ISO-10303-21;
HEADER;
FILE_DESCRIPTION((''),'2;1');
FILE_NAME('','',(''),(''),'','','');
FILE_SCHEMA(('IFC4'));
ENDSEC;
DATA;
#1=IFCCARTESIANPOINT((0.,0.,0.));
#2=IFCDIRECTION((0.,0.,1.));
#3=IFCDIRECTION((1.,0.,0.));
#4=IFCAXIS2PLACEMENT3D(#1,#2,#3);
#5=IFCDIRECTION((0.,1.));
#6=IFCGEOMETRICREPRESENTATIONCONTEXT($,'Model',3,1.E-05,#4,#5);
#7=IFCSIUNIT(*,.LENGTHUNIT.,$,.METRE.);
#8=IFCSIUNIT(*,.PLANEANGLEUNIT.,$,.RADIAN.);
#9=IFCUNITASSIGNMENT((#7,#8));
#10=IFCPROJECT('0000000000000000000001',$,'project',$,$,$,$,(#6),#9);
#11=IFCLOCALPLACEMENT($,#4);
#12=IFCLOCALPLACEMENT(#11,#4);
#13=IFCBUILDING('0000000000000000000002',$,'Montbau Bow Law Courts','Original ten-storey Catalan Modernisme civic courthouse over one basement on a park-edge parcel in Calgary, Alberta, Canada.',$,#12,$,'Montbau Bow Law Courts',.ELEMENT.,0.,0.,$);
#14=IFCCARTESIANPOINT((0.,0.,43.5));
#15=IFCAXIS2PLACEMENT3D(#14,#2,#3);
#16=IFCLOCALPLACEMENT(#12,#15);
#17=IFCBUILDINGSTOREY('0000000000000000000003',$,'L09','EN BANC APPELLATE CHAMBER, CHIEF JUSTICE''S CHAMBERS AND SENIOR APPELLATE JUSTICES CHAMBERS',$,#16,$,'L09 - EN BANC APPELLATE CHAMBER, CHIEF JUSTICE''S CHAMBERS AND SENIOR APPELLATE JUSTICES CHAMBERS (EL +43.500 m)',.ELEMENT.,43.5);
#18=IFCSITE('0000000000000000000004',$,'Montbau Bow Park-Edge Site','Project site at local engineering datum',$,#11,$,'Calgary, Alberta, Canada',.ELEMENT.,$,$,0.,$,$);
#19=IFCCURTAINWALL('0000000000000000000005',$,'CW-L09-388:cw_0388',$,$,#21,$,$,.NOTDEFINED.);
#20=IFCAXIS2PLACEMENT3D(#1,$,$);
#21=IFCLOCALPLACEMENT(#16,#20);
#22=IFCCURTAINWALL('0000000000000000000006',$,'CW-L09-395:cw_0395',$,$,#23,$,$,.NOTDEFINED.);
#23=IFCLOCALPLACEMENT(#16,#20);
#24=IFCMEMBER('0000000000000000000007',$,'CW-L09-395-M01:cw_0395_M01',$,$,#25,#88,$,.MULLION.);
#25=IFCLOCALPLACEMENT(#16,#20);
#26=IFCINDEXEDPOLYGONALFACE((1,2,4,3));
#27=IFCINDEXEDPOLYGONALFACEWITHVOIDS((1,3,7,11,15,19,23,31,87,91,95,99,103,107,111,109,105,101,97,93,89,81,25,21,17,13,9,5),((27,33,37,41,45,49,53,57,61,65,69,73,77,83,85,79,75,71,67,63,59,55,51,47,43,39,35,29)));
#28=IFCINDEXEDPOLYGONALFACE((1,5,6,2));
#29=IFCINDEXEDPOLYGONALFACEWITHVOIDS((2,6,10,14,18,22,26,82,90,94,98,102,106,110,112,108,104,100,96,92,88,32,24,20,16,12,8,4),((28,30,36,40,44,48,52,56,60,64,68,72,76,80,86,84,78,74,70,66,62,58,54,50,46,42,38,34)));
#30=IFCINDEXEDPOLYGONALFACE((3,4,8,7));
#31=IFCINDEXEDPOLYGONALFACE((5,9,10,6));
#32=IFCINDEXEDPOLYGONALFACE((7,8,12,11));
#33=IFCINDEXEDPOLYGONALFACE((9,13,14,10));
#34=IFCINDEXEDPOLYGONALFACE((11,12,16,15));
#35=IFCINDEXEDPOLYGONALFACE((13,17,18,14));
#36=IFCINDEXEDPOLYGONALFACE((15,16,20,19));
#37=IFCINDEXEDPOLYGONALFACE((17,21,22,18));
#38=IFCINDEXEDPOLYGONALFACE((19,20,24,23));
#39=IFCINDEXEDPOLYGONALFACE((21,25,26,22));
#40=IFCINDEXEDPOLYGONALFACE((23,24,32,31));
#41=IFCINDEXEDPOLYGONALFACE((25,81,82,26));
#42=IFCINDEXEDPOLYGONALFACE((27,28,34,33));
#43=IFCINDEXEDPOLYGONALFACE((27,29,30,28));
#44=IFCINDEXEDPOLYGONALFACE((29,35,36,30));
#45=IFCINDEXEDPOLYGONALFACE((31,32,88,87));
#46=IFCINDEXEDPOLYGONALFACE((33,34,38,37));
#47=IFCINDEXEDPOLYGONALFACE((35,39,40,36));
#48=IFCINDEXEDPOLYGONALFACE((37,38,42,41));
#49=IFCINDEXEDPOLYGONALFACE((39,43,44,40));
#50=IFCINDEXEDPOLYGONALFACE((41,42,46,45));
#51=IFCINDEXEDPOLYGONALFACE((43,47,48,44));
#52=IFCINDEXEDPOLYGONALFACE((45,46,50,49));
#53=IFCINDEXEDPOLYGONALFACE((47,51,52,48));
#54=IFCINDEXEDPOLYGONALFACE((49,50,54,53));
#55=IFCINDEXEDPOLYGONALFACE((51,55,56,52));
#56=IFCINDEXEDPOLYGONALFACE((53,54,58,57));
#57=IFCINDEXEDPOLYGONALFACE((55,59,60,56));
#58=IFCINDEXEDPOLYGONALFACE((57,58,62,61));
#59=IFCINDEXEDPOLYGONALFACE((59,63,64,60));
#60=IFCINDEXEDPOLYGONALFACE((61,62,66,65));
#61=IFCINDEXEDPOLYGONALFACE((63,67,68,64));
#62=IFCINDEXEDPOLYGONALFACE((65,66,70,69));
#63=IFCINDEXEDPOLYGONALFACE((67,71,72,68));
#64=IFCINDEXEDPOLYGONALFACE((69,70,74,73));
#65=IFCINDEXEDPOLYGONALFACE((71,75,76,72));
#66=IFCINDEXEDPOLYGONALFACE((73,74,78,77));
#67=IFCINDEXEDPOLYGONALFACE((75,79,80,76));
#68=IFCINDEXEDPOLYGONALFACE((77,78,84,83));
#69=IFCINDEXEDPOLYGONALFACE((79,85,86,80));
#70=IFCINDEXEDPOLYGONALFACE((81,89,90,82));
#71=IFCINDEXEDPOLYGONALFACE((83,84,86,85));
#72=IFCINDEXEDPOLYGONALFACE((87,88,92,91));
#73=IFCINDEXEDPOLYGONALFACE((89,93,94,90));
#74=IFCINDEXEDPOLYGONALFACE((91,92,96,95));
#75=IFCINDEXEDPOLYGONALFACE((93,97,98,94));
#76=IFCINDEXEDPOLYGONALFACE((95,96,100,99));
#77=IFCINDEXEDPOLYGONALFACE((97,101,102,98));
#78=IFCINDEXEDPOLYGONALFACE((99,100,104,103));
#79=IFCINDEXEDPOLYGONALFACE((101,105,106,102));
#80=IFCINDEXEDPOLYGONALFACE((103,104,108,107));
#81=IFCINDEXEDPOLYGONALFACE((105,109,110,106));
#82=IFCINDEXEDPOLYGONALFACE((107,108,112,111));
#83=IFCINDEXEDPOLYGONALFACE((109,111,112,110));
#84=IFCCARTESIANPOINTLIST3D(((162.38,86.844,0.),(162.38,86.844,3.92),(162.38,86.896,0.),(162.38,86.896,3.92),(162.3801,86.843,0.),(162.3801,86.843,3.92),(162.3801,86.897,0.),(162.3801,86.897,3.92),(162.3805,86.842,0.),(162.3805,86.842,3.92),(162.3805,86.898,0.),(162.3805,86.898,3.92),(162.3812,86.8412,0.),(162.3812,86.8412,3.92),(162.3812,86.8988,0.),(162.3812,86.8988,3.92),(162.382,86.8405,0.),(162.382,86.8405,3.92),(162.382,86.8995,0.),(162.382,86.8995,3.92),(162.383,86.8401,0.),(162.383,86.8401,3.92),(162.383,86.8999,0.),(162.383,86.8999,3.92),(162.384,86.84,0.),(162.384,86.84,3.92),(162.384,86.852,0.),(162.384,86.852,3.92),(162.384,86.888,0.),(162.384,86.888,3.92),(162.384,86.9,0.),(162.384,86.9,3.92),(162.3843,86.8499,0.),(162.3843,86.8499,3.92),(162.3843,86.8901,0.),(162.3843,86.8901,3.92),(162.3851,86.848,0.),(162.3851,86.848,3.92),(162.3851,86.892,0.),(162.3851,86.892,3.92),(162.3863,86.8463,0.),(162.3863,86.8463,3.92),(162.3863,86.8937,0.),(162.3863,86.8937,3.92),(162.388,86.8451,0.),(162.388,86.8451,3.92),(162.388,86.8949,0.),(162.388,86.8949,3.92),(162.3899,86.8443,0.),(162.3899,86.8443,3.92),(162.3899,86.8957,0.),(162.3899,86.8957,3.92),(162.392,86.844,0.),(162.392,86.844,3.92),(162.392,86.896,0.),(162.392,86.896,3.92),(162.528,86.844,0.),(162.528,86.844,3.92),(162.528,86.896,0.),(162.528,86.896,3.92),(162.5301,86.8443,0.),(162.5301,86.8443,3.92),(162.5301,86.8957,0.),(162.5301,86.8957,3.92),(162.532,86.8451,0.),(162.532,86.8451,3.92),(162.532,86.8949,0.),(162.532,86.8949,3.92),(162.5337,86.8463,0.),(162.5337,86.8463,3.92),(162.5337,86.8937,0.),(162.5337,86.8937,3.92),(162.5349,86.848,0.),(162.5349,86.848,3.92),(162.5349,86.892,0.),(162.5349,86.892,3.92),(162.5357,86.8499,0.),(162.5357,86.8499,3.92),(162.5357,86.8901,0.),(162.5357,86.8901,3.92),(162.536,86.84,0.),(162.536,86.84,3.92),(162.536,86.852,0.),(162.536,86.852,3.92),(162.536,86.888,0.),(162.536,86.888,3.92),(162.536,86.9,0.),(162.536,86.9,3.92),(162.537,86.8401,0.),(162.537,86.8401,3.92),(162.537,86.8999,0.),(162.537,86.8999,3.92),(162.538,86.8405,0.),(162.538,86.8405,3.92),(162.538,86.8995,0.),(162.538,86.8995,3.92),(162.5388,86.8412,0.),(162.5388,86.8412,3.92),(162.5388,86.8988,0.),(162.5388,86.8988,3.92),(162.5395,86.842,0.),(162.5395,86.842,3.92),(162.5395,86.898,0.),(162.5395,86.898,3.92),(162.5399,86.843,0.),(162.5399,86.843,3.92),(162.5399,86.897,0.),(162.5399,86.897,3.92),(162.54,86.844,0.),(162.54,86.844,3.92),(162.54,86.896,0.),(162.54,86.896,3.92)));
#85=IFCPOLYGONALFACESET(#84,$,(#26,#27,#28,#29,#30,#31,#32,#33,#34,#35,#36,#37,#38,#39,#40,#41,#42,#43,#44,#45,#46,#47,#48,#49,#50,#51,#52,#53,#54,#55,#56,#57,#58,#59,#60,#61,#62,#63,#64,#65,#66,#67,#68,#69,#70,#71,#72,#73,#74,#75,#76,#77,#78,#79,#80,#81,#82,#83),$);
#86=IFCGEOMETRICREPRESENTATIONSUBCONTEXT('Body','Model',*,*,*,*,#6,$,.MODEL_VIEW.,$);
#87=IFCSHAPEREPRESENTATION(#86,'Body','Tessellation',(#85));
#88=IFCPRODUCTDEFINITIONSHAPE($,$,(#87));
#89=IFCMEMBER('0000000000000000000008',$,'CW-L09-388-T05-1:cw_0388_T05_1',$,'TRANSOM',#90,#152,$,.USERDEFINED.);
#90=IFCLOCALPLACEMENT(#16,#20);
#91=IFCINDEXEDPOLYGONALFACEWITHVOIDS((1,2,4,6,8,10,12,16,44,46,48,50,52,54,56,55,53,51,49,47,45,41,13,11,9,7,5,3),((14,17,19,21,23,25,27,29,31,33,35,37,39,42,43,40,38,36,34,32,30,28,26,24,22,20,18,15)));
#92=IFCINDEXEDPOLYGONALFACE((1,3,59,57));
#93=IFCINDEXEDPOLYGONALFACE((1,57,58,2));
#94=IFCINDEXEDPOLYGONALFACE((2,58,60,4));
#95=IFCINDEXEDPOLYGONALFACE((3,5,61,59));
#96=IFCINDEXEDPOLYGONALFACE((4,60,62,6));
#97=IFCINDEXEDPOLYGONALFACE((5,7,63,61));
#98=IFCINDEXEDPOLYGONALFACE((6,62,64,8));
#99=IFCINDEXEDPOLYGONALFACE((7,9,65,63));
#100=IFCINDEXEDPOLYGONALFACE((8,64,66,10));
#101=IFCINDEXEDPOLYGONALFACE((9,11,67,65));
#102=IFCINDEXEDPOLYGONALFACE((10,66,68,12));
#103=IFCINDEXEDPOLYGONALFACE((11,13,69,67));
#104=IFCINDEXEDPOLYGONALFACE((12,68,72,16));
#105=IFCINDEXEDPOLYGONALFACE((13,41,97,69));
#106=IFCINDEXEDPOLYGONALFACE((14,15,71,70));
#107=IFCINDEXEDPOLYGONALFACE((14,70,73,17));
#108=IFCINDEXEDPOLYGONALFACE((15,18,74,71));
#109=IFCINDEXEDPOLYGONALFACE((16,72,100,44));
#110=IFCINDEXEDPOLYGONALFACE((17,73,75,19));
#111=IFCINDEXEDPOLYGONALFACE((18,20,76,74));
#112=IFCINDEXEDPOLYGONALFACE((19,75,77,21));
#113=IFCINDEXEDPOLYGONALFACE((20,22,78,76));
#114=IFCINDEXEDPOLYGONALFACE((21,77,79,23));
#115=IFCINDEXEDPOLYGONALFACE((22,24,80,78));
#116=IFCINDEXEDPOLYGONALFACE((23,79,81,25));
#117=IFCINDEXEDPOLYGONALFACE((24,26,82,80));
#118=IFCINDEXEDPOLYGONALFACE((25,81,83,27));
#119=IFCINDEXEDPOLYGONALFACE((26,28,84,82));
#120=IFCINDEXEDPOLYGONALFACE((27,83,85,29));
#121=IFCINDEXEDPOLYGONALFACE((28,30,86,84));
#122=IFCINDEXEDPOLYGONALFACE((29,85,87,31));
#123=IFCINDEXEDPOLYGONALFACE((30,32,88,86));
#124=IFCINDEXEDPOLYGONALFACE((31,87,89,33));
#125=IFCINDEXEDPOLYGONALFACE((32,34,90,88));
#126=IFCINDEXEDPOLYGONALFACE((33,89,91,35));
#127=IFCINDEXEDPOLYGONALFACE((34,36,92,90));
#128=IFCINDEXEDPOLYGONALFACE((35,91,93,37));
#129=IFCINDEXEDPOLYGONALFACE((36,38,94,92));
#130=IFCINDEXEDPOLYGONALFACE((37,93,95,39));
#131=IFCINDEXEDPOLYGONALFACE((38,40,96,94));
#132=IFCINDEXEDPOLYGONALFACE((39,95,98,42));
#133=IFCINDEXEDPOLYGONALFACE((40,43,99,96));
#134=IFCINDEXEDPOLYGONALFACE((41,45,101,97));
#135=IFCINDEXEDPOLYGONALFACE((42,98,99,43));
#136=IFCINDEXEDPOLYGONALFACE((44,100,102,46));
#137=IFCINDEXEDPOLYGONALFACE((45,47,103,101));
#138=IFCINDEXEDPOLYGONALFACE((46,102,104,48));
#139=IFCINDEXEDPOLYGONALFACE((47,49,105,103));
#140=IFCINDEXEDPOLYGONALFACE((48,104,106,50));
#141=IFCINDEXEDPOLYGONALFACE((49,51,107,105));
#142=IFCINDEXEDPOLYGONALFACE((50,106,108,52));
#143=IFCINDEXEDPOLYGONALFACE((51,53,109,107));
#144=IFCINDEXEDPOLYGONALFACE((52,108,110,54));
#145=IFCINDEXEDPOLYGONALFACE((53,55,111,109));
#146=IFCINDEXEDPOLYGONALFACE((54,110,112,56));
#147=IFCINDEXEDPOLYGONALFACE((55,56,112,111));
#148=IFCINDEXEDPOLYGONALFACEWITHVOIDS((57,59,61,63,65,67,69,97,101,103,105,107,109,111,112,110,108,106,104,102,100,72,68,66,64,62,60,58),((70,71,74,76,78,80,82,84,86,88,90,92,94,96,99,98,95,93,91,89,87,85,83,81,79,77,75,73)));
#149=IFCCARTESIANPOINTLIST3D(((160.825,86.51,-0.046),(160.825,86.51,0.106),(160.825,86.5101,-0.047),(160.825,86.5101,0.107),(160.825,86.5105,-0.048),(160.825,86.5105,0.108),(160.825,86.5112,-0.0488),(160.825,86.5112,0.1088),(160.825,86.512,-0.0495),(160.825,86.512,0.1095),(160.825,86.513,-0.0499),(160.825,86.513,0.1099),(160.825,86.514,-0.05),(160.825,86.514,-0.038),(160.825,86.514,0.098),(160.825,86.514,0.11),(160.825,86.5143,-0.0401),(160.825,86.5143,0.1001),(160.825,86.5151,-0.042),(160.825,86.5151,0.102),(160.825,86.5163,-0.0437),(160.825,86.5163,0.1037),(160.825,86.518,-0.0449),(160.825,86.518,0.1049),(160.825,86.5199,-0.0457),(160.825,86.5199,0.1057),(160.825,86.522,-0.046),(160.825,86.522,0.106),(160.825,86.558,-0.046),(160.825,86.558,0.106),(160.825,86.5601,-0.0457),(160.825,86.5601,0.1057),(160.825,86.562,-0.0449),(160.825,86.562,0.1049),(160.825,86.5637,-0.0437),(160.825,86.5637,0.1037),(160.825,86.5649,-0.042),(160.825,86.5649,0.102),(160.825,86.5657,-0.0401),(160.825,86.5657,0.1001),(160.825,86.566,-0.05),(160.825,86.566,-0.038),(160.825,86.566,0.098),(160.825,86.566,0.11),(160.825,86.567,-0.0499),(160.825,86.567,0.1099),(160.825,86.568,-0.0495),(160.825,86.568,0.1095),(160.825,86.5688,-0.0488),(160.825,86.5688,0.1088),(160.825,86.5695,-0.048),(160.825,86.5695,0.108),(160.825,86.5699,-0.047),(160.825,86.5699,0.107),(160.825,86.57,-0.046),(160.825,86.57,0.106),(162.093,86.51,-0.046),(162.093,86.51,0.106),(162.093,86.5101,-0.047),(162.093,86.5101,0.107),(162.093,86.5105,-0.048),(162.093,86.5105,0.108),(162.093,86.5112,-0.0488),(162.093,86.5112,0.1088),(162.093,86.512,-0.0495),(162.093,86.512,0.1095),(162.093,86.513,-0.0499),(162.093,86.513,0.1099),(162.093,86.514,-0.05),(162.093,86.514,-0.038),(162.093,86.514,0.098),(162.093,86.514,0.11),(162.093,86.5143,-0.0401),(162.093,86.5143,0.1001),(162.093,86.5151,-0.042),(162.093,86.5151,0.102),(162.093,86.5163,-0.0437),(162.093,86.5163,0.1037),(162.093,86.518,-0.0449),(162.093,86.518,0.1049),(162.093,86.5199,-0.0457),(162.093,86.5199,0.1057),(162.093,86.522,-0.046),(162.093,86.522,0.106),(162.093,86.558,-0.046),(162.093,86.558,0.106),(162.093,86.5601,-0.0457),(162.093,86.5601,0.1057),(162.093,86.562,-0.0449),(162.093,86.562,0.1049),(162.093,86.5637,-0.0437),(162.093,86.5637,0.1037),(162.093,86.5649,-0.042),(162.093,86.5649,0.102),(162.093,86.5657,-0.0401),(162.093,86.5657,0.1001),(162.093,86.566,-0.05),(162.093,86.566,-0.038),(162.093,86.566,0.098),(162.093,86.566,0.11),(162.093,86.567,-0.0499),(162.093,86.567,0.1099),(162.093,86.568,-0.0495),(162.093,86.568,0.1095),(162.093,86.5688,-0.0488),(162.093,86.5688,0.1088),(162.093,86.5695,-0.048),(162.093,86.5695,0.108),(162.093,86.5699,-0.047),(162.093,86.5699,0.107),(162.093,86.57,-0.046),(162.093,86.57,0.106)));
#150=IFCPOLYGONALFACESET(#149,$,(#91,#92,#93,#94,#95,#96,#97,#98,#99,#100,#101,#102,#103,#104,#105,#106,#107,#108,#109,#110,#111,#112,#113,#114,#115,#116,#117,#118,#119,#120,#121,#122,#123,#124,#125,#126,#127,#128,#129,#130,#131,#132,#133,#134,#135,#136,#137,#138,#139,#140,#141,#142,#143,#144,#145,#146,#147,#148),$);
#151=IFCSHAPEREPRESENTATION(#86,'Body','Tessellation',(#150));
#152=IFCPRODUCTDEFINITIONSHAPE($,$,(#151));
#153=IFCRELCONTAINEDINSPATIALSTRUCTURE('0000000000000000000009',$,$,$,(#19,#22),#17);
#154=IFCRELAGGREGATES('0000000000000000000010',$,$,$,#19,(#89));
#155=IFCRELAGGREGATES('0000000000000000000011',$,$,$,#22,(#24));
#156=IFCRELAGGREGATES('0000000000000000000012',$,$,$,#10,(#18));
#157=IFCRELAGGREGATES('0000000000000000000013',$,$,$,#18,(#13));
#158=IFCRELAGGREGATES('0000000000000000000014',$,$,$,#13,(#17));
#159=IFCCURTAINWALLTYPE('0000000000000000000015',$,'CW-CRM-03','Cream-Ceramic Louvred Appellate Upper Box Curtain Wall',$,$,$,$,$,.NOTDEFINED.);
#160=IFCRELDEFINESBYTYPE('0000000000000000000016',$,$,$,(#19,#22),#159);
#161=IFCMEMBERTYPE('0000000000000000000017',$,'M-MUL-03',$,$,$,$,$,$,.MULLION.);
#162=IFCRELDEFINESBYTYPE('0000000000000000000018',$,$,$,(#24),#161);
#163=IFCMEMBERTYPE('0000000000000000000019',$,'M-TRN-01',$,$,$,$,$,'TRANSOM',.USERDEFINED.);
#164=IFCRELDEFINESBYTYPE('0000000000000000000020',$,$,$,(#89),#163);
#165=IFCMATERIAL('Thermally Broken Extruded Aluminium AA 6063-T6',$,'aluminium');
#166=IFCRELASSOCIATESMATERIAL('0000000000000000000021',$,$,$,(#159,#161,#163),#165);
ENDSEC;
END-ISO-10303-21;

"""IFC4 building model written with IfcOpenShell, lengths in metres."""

from ifc_helpers import new_model, si_unit, direction, frame, origin_with_axes, origin_2d_with_axis, place, context, subcontext, project, spatial, hollow_rectangle, extrude, material, material_profile, profile_set, type_object, element, aggregate, save


model = new_model("IFC4")

# Units and contexts
model_context = context("Model", 3, precision=1e-05, world=origin_with_axes(), true_north=direction((0.0, 1.0)))
body_context = subcontext(model_context, "Body", "Model", "MODEL_VIEW")
ifc_project = project(units=[si_unit("LENGTHUNIT", "METRE"), si_unit("PLANEANGLEUNIT", "RADIAN")], contexts=[model_context])

# Site, building, storey
site_placement = place(None, origin_with_axes())
site = spatial("IfcSite", under=ifc_project, at=site_placement, Name="Montbau Bow Park-Edge Site", Description="Project site at local engineering datum", LongName="Calgary, Alberta, Canada", CompositionType="ELEMENT", RefElevation=0.0)
building_placement = place(site_placement, origin_with_axes())
building = spatial("IfcBuilding", under=site, at=building_placement, Name="Montbau Bow Law Courts", Description="Original ten-storey Catalan Modernisme civic courthouse over one basement on a park-edge parcel in Calgary, Alberta, Canada.", LongName="Montbau Bow Law Courts", CompositionType="ELEMENT", ElevationOfRefHeight=0.0, ElevationOfTerrain=0.0)
storey_placement = place(building_placement, frame((0.0, 0.0, 43.5), z_axis=(0.0, 0.0, 1.0), x_axis=(1.0, 0.0, 0.0)))
storey = spatial("IfcBuildingStorey", under=building, at=storey_placement, Name="L09", Description="EN BANC APPELLATE CHAMBER, CHIEF JUSTICE'S CHAMBERS AND SENIOR APPELLATE JUSTICES CHAMBERS", LongName="L09 - EN BANC APPELLATE CHAMBER, CHIEF JUSTICE'S CHAMBERS AND SENIOR APPELLATE JUSTICES CHAMBERS (EL +43.500 m)", CompositionType="ELEMENT", Elevation=43.5)

# Curtain wall
ifc_material_1 = material(Name="Thermally Broken Extruded Aluminium AA 6063-T6", Category="aluminium")
curtain_wall_type = type_object("IfcCurtainWallType", Name="CW-CRM-03", Description="Cream-Ceramic Louvred Appellate Upper Box Curtain Wall", PredefinedType="NOTDEFINED", material=ifc_material_1)
curtain_wall_1_placement = place(None, frame((155.315, 86.54, 43.5), z_axis=(0.0, 0.0, 1.0), x_axis=(1.0, 0.0, 0.0)))
curtain_wall_1 = element("IfcCurtainWall", 1, at=curtain_wall_1_placement, inside=storey, type_object=curtain_wall_type, Name="CW-L09-388:cw_0388", PredefinedType="NOTDEFINED")

# Curtain wall, member
curtain_wall_2_placement = place(None, frame((162.46, 86.84, 43.5), z_axis=(0.0, 0.0, 1.0), x_axis=(1.0, 0.0, 0.0)))
curtain_wall_2 = element("IfcCurtainWall", 2, at=curtain_wall_2_placement, inside=storey, type_object=curtain_wall_type, Name="CW-L09-395:cw_0395", PredefinedType="NOTDEFINED")
ifc_material_profile_1 = material_profile(ifc_material_1, hollow_rectangle(XDim=0.06, YDim=0.16, WallThickness=0.004, InnerFilletRadius=0.008, OuterFilletRadius=0.004, at=origin_2d_with_axis()), Name="CWM-160X60", Category="Main", Priority=0)
ifc_profile_set_1 = profile_set([ifc_material_profile_1], Name="Thermally Broken Extruded Aluminium AA 6063-T6")
member_type_1 = type_object("IfcMemberType", Name="M-MUL-03", PredefinedType="MULLION", material=ifc_profile_set_1)
member_1_placement = place(None, frame((162.46, 86.87, 43.5), z_axis=(0.0, 0.0, 1.0), x_axis=(0.0, 1.0, 0.0)))
member_1 = element("IfcMember", 3, at=member_1_placement, type_object=member_type_1, Name="CW-L09-395-M01:cw_0395_M01", PredefinedType="MULLION", context=body_context, shape_type="SweptSolid", body=[
    extrude(hollow_rectangle(XDim=0.06, YDim=0.16, WallThickness=0.004, InnerFilletRadius=0.008, OuterFilletRadius=0.004, at=origin_2d_with_axis()), origin_with_axes(), (0.0, 0.0, 1.0), 3.92),
])

# Member
ifc_material_profile_2 = material_profile(ifc_material_1, hollow_rectangle(XDim=0.06, YDim=0.16, WallThickness=0.004, InnerFilletRadius=0.008, OuterFilletRadius=0.004, at=origin_2d_with_axis()), Name="CWT-160X60", Category="Main", Priority=0)
ifc_profile_set_2 = profile_set([ifc_material_profile_2], Name="Thermally Broken Extruded Aluminium AA 6063-T6")
member_type_2 = type_object("IfcMemberType", Name="M-TRN-01", ElementType="TRANSOM", PredefinedType="USERDEFINED", material=ifc_profile_set_2)
member_2_placement = place(None, frame((160.825, 86.54, 43.53), z_axis=(1.0, 0.0, 0.0), x_axis=(0.0, 1.0, 0.0)))
member_2 = element("IfcMember", 4, at=member_2_placement, type_object=member_type_2, Name="CW-L09-388-T05-1:cw_0388_T05_1", ObjectType="TRANSOM", PredefinedType="USERDEFINED", context=body_context, shape_type="SweptSolid", body=[
    extrude(hollow_rectangle(XDim=0.06, YDim=0.16, WallThickness=0.004, InnerFilletRadius=0.008, OuterFilletRadius=0.004, at=origin_2d_with_axis()), origin_with_axes(), (0.0, 0.0, 1.0), 1.268),
])

aggregate(curtain_wall_1, [member_2])
aggregate(curtain_wall_2, [member_1])

save(model, "model.ifc")
